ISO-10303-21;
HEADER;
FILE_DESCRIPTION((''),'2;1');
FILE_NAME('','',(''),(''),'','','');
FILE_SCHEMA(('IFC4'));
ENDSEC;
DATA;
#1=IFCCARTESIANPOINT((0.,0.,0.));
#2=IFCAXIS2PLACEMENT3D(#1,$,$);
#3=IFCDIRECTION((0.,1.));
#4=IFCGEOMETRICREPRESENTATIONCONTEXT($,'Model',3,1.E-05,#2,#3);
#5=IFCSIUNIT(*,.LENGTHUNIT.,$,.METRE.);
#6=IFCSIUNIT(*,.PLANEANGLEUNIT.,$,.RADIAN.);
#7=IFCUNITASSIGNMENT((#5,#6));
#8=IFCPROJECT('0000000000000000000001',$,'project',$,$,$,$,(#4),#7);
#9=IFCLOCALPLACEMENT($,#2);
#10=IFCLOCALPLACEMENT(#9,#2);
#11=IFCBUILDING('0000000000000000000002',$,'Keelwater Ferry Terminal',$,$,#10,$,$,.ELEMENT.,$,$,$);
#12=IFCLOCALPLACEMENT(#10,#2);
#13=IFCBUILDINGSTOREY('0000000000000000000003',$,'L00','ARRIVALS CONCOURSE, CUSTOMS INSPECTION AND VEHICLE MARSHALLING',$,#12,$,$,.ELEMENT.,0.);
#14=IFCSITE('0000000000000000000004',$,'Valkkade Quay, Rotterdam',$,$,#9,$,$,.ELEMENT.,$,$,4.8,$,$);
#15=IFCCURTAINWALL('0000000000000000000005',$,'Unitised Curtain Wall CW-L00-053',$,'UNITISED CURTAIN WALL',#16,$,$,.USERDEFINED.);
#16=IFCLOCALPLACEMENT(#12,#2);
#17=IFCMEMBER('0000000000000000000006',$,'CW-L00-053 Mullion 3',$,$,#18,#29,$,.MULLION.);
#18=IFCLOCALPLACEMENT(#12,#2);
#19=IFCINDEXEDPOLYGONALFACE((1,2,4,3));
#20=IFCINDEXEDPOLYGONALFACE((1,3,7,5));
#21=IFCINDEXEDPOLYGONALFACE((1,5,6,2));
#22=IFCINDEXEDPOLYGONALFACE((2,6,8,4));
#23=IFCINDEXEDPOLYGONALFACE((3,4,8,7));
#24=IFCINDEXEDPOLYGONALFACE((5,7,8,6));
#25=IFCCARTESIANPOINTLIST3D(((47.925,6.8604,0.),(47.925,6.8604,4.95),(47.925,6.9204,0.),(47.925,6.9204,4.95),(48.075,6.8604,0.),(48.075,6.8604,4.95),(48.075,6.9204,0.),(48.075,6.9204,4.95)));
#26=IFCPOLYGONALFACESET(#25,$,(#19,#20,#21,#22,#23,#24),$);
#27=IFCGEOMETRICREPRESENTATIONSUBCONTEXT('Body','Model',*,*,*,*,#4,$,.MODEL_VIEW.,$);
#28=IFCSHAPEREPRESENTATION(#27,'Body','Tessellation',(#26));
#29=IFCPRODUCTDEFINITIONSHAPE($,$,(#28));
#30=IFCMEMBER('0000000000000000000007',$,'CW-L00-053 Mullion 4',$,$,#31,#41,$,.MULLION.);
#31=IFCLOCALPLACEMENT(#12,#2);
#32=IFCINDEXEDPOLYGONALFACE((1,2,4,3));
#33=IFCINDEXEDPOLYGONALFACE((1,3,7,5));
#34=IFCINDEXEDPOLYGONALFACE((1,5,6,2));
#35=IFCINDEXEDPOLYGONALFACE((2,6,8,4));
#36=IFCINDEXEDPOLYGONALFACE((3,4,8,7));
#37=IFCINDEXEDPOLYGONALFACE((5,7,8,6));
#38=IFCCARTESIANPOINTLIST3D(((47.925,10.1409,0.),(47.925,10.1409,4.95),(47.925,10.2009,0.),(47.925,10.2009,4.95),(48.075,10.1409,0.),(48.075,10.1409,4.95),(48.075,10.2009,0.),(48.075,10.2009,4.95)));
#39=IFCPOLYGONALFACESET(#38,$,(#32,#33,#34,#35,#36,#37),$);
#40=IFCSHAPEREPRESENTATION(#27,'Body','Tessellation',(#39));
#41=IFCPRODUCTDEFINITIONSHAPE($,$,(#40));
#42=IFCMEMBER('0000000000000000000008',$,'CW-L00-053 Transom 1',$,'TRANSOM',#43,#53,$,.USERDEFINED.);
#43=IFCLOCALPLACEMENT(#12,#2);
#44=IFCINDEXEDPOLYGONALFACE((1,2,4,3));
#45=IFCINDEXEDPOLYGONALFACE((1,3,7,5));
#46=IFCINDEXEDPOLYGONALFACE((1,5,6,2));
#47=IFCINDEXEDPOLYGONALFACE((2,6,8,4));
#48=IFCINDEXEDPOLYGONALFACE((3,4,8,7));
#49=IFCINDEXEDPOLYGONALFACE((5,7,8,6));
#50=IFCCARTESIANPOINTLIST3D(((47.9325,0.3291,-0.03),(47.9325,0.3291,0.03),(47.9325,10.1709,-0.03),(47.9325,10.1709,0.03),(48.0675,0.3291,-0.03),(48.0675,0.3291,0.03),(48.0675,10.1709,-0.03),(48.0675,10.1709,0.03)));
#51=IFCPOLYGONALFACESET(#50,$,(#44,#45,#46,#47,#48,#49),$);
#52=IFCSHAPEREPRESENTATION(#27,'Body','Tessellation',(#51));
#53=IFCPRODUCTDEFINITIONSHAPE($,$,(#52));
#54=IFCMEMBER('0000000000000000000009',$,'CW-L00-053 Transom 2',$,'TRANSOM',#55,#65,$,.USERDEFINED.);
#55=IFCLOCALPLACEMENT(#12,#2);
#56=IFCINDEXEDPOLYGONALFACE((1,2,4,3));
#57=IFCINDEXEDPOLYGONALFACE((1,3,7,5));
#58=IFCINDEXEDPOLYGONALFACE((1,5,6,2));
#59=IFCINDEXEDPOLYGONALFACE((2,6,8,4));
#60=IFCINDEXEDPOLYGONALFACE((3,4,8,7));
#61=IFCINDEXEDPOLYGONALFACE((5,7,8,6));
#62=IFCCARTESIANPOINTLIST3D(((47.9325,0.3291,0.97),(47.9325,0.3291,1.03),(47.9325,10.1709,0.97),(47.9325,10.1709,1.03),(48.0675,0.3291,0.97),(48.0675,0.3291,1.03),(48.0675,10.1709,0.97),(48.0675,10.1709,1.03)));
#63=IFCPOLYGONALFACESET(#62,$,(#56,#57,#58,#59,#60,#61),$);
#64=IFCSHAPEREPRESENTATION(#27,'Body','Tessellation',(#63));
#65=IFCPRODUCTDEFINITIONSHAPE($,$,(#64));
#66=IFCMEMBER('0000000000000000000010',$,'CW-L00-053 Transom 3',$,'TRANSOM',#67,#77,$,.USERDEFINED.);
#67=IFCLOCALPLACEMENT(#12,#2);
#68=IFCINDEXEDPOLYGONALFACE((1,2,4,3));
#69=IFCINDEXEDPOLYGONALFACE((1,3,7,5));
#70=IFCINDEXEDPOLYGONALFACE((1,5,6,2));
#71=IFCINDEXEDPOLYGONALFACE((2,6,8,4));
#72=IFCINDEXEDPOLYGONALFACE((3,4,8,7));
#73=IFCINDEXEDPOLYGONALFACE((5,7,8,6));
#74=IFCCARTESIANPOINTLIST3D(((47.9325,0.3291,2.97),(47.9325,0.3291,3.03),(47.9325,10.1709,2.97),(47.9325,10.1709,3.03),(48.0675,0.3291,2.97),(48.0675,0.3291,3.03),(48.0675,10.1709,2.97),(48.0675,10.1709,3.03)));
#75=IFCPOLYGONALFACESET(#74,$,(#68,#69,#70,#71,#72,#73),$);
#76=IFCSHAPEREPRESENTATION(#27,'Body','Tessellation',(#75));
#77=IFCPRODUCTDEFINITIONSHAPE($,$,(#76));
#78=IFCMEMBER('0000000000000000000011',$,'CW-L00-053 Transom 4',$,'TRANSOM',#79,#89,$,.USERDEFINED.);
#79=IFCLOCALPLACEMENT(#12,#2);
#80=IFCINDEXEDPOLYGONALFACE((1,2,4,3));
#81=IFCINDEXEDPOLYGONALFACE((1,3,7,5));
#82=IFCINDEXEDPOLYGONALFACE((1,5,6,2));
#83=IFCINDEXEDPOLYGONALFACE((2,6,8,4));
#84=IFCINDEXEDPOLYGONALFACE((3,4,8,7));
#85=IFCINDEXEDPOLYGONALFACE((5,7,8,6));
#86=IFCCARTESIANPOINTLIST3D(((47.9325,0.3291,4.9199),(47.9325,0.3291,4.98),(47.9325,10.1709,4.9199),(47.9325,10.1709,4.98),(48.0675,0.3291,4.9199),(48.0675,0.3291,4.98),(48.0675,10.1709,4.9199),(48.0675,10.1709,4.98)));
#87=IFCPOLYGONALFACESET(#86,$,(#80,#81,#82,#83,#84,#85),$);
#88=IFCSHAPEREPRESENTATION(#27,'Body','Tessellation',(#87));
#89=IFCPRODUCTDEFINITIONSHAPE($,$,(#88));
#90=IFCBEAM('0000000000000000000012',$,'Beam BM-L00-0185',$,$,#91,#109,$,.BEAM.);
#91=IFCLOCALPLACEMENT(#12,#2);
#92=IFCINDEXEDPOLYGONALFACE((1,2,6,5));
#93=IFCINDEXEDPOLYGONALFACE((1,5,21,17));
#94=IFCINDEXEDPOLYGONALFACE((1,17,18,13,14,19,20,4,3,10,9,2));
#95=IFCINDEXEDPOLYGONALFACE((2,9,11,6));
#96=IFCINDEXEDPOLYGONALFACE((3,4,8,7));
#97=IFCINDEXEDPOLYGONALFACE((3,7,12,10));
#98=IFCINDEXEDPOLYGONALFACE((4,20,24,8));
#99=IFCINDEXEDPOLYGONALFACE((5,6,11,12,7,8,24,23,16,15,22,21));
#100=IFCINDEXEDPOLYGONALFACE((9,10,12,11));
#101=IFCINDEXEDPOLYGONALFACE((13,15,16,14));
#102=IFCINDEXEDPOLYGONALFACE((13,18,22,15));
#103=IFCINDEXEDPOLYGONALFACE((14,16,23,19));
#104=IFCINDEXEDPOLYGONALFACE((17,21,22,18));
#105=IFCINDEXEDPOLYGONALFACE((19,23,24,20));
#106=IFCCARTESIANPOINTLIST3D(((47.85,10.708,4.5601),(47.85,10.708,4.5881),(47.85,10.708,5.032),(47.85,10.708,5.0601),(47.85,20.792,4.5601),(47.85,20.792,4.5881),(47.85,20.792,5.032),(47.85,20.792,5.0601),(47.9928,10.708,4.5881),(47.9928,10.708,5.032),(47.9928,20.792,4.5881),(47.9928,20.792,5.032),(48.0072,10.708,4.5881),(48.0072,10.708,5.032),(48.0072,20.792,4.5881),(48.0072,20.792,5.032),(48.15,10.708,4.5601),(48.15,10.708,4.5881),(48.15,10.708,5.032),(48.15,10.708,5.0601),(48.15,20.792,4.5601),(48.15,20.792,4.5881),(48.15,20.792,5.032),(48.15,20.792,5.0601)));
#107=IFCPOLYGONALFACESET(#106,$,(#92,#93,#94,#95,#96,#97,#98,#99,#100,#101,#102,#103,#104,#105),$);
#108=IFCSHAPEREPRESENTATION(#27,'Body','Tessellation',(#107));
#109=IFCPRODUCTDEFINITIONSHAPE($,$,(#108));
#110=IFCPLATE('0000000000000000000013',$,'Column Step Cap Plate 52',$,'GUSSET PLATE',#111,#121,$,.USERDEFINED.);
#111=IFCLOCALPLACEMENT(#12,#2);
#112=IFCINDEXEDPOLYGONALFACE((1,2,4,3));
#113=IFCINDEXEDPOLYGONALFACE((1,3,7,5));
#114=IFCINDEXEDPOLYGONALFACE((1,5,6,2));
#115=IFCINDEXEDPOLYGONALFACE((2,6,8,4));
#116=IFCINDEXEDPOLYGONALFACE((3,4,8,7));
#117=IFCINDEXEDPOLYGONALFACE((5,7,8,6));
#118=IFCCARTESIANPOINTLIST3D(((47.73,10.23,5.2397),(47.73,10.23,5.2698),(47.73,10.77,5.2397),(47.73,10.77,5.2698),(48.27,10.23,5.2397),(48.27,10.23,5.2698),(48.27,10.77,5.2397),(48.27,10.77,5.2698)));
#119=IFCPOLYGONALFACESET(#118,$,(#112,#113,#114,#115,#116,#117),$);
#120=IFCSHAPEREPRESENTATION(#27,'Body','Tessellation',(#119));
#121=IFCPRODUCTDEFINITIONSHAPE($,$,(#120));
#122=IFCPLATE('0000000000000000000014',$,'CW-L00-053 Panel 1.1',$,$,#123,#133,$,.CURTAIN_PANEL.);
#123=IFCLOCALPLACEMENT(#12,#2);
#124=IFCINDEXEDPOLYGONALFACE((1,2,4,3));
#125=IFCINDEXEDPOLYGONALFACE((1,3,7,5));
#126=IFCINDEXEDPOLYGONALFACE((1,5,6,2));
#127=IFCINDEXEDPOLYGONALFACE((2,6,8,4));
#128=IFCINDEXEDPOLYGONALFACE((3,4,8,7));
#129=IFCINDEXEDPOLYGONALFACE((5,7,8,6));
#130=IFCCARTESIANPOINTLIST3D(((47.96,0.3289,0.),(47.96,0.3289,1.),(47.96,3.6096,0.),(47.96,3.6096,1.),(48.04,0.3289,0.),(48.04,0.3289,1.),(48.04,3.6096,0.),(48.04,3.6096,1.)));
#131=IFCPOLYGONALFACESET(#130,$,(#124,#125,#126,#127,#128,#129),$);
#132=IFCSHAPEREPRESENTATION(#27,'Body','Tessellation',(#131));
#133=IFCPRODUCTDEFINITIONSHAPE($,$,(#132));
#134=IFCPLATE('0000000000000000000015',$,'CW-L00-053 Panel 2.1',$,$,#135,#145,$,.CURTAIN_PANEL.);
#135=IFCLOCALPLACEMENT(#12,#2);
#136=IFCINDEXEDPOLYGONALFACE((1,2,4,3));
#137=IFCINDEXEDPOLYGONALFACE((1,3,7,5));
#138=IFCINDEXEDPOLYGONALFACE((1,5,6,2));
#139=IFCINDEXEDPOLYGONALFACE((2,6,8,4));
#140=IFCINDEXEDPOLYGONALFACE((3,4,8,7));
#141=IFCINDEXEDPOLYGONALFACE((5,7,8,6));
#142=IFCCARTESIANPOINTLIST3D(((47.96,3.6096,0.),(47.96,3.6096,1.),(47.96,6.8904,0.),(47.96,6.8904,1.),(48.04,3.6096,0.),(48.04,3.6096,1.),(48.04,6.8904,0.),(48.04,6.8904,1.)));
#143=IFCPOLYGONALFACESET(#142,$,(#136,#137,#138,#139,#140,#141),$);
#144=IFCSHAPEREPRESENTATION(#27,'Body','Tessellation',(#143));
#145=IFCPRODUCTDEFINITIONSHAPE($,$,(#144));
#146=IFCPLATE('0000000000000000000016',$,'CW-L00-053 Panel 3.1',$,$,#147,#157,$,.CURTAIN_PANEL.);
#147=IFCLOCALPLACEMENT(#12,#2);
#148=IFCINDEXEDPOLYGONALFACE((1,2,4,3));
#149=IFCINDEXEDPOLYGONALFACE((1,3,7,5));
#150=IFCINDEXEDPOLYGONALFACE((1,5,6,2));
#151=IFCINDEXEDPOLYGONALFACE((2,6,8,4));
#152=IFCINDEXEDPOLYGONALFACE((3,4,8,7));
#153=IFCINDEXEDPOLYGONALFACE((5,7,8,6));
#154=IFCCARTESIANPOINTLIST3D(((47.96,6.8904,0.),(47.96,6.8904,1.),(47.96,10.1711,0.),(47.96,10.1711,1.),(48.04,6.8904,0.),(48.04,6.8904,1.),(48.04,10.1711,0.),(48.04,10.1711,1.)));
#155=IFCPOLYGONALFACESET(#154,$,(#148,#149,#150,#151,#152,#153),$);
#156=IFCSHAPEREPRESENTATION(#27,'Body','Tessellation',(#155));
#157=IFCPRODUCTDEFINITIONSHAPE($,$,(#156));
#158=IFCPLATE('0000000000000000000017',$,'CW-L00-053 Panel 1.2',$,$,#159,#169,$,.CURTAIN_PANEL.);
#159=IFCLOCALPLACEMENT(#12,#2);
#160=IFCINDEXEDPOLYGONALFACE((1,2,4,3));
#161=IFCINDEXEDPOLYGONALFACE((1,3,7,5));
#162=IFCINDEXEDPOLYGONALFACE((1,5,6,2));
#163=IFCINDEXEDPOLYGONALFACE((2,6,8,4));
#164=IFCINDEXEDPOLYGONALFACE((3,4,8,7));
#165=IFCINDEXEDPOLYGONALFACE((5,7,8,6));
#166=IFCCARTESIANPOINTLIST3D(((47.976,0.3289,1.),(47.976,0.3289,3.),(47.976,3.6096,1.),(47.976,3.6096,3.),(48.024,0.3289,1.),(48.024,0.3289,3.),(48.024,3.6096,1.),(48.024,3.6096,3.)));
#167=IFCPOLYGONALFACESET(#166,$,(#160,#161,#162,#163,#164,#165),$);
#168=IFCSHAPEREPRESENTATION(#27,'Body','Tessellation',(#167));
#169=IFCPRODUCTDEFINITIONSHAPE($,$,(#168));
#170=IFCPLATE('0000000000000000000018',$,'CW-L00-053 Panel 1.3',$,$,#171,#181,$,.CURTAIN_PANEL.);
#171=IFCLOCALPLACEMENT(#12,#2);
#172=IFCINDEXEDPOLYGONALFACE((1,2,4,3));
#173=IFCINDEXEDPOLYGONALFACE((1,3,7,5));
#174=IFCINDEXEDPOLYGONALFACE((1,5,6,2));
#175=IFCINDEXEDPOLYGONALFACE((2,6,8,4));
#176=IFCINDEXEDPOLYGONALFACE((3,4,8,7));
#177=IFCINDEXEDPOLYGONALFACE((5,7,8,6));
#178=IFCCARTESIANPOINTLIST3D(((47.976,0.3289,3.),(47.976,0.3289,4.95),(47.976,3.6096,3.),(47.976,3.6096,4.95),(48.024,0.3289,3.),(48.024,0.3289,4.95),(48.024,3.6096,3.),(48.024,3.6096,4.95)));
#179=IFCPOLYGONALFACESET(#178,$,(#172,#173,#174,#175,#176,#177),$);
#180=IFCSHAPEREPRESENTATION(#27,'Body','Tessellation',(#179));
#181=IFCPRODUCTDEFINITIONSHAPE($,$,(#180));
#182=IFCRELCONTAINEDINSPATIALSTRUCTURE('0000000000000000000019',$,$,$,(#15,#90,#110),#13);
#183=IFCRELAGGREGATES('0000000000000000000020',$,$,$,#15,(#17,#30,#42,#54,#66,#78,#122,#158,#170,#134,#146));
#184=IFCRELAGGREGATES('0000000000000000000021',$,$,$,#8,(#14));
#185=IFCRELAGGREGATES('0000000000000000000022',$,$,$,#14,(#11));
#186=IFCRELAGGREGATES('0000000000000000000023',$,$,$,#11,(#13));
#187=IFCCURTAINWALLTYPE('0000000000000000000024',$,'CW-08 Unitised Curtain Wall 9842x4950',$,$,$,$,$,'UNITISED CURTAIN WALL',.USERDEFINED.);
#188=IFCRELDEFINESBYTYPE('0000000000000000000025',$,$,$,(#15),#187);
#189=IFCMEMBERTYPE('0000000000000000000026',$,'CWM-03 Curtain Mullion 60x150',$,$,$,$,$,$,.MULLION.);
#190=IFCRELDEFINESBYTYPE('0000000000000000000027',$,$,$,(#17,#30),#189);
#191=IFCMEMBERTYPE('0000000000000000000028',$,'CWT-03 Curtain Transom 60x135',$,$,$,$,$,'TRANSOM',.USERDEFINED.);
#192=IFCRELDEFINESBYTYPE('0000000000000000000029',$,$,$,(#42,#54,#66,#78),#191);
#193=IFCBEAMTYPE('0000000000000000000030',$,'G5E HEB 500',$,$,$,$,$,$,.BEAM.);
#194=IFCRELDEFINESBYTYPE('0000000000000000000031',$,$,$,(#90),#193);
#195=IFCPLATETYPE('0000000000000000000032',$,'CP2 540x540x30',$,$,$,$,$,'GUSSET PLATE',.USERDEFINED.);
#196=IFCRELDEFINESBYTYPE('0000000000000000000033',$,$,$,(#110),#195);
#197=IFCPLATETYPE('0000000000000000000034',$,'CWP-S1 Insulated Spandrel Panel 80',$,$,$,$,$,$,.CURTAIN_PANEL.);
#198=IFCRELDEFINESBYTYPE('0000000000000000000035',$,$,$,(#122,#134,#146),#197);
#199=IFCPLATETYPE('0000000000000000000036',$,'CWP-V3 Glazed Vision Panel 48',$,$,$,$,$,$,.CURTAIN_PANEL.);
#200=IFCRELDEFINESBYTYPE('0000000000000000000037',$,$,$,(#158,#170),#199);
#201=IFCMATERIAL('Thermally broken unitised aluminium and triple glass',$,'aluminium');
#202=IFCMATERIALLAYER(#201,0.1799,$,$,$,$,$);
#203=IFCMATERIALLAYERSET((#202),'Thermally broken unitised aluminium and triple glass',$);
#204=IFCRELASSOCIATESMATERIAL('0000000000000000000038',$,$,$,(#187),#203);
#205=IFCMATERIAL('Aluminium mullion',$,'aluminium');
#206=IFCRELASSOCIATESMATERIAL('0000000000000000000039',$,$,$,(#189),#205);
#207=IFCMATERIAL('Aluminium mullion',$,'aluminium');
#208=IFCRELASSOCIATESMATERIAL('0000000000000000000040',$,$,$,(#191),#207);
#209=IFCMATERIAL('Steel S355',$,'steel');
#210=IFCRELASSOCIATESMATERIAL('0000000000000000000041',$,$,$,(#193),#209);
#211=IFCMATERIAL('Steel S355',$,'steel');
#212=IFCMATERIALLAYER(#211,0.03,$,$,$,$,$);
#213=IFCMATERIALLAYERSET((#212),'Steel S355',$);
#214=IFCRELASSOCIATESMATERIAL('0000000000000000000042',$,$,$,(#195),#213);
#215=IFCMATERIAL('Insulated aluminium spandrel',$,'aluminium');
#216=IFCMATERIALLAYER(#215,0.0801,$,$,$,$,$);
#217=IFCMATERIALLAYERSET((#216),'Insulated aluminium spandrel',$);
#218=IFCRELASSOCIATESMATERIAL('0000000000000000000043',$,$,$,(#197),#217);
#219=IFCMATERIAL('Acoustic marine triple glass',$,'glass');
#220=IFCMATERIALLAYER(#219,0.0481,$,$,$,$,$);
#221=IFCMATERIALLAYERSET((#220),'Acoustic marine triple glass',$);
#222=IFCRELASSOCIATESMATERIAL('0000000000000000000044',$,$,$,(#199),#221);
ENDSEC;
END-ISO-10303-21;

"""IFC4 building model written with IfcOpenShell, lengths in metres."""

from ifc_helpers import new_model, si_unit, direction, frame, origin, origin_2d, place, context, subcontext, project, spatial, rectangle, i_section, extrude, material, layer, layer_set, material_profile, profile_set, type_object, element, aggregate, save


model = new_model("IFC4")

# Units and contexts
model_context = context("Model", 3, precision=1e-05, world=origin(), true_north=direction((0.0, 1.0)))
body_context = subcontext(model_context, "Body", "Model", "MODEL_VIEW")
ifc_project = project(units=[si_unit("LENGTHUNIT", "METRE"), si_unit("PLANEANGLEUNIT", "RADIAN")], contexts=[model_context])

# Site, building, storey
site_placement = place(None, origin())
site = spatial("IfcSite", under=ifc_project, at=site_placement, Name="Valkkade Quay, Rotterdam", CompositionType="ELEMENT", RefElevation=4.8)
building_placement = place(site_placement, origin())
building = spatial("IfcBuilding", under=site, at=building_placement, Name="Keelwater Ferry Terminal", CompositionType="ELEMENT")
storey_placement = place(building_placement, origin())
storey = spatial("IfcBuildingStorey", under=building, at=storey_placement, Name="L00", Description="ARRIVALS CONCOURSE, CUSTOMS INSPECTION AND VEHICLE MARSHALLING", CompositionType="ELEMENT", Elevation=0.0)

# Curtain wall, members
ifc_material_1 = material(Name="Thermally broken unitised aluminium and triple glass", Category="aluminium")
ifc_layer_1 = layer(ifc_material_1, 0.1799)
ifc_layer_set_1 = layer_set([ifc_layer_1], Name="Thermally broken unitised aluminium and triple glass")
curtain_wall_type = type_object("IfcCurtainWallType", Name="CW-08 Unitised Curtain Wall 9842x4950", ElementType="UNITISED CURTAIN WALL", PredefinedType="USERDEFINED", material=ifc_layer_set_1)
curtain_wall_placement = place(storey_placement, origin())
curtain_wall = element("IfcCurtainWall", 1, at=curtain_wall_placement, inside=storey, type_object=curtain_wall_type, Name="Unitised Curtain Wall CW-L00-053", ObjectType="UNITISED CURTAIN WALL", PredefinedType="USERDEFINED")
ifc_material_2 = material(Name="Aluminium mullion", Category="aluminium")
ifc_material_profile_1 = material_profile(ifc_material_2, rectangle(XDim=0.0601, YDim=0.1499, at=origin_2d()), Name="CWM-03")
ifc_profile_set_1 = profile_set([ifc_material_profile_1], Name="Aluminium mullion")
member_type_1 = type_object("IfcMemberType", Name="CWM-03 Curtain Mullion 60x150", PredefinedType="MULLION", material=ifc_profile_set_1)
member_1_placement = place(storey_placement, frame((48.0, 6.8904, 0.0), z_axis=(0.0, 0.0, 1.0), x_axis=(0.0, 1.0, 0.0)))
member_1 = element("IfcMember", 2, at=member_1_placement, type_object=member_type_1, Name="CW-L00-053 Mullion 3", PredefinedType="MULLION", context=body_context, shape_type="SweptSolid", body=[
    extrude(rectangle(XDim=0.0601, YDim=0.1499, at=origin_2d()), origin(), (0.0, 0.0, 1.0), 4.95),
])
member_2_placement = place(storey_placement, frame((48.0, 10.1709, 0.0), z_axis=(0.0, 0.0, 1.0), x_axis=(0.0, 1.0, 0.0)))
member_2 = element("IfcMember", 3, at=member_2_placement, type_object=member_type_1, Name="CW-L00-053 Mullion 4", PredefinedType="MULLION", context=body_context, shape_type="SweptSolid", body=[
    extrude(rectangle(XDim=0.0601, YDim=0.1499, at=origin_2d()), origin(), (0.0, 0.0, 1.0), 4.95),
])
ifc_material_3 = material(Name="Aluminium mullion", Category="aluminium")
ifc_material_profile_2 = material_profile(ifc_material_3, rectangle(XDim=0.135, YDim=0.0601, at=origin_2d()), Name="CWT-03")
ifc_profile_set_2 = profile_set([ifc_material_profile_2], Name="Aluminium mullion")
member_type_2 = type_object("IfcMemberType", Name="CWT-03 Curtain Transom 60x135", ElementType="TRANSOM", PredefinedType="USERDEFINED", material=ifc_profile_set_2)
member_3_placement = place(storey_placement, frame((48.0, 0.3291, 0.0), z_axis=(0.0, 1.0, 0.0), x_axis=(-1.0, 0.0, 0.0)))
member_3 = element("IfcMember", 4, at=member_3_placement, type_object=member_type_2, Name="CW-L00-053 Transom 1", ObjectType="TRANSOM", PredefinedType="USERDEFINED", context=body_context, shape_type="SweptSolid", body=[
    extrude(rectangle(XDim=0.135, YDim=0.0601, at=origin_2d()), origin(), (0.0, 0.0, 1.0), 9.8418),
])
member_4_placement = place(storey_placement, frame((48.0, 0.3291, 1.0), z_axis=(0.0, 1.0, 0.0), x_axis=(-1.0, 0.0, 0.0)))
member_4 = element("IfcMember", 5, at=member_4_placement, type_object=member_type_2, Name="CW-L00-053 Transom 2", ObjectType="TRANSOM", PredefinedType="USERDEFINED", context=body_context, shape_type="SweptSolid", body=[
    extrude(rectangle(XDim=0.135, YDim=0.0601, at=origin_2d()), origin(), (0.0, 0.0, 1.0), 9.8418),
])
member_5_placement = place(storey_placement, frame((48.0, 0.3291, 3.0), z_axis=(0.0, 1.0, 0.0), x_axis=(-1.0, 0.0, 0.0)))
member_5 = element("IfcMember", 6, at=member_5_placement, type_object=member_type_2, Name="CW-L00-053 Transom 3", ObjectType="TRANSOM", PredefinedType="USERDEFINED", context=body_context, shape_type="SweptSolid", body=[
    extrude(rectangle(XDim=0.135, YDim=0.0601, at=origin_2d()), origin(), (0.0, 0.0, 1.0), 9.8418),
])
member_6_placement = place(storey_placement, frame((48.0, 0.3291, 4.95), z_axis=(0.0, 1.0, 0.0), x_axis=(-1.0, 0.0, 0.0)))
member_6 = element("IfcMember", 7, at=member_6_placement, type_object=member_type_2, Name="CW-L00-053 Transom 4", ObjectType="TRANSOM", PredefinedType="USERDEFINED", context=body_context, shape_type="SweptSolid", body=[
    extrude(rectangle(XDim=0.135, YDim=0.0601, at=origin_2d()), origin(), (0.0, 0.0, 1.0), 9.8418),
])

# Beam
ifc_material_4 = material(Name="Steel S355", Category="steel")
ifc_material_profile_3 = material_profile(ifc_material_4, i_section(OverallWidth=0.3, OverallDepth=0.5, WebThickness=0.0144, FlangeThickness=0.0281, at=origin_2d()), Name="HEB 500")
ifc_profile_set_3 = profile_set([ifc_material_profile_3], Name="Steel S355")
beam_type = type_object("IfcBeamType", Name="G5E HEB 500", PredefinedType="BEAM", material=ifc_profile_set_3)
beam_placement = place(storey_placement, frame((48.0, 10.708, 4.8101), z_axis=(0.0, 1.0, 0.0), x_axis=(-1.0, 0.0, 0.0)))
element("IfcBeam", 8, at=beam_placement, inside=storey, type_object=beam_type, Name="Beam BM-L00-0185", PredefinedType="BEAM", context=body_context, shape_type="SweptSolid", body=[
    extrude(i_section(OverallWidth=0.3, OverallDepth=0.5, WebThickness=0.0144, FlangeThickness=0.0281, at=origin_2d()), origin(), (0.0, 0.0, 1.0), 10.084),
])

# Plates
ifc_material_5 = material(Name="Steel S355", Category="steel")
ifc_layer_2 = layer(ifc_material_5, 0.03)
ifc_layer_set_2 = layer_set([ifc_layer_2], Name="Steel S355")
plate_type_1 = type_object("IfcPlateType", Name="CP2 540x540x30", ElementType="GUSSET PLATE", PredefinedType="USERDEFINED", material=ifc_layer_set_2)
plate_1_placement = place(storey_placement, frame((48.0, 10.5, 5.2397), z_axis=(0.0, 0.0, 1.0), x_axis=(1.0, 0.0, 0.0)))
element("IfcPlate", 9, at=plate_1_placement, inside=storey, type_object=plate_type_1, Name="Column Step Cap Plate 52", ObjectType="GUSSET PLATE", PredefinedType="USERDEFINED", context=body_context, shape_type="SweptSolid", body=[
    extrude(rectangle(XDim=0.54, YDim=0.54, at=origin_2d()), origin(), (0.0, 0.0, 1.0), 0.03),
])
ifc_material_6 = material(Name="Insulated aluminium spandrel", Category="aluminium")
ifc_layer_3 = layer(ifc_material_6, 0.0801)
ifc_layer_set_3 = layer_set([ifc_layer_3], Name="Insulated aluminium spandrel")
plate_type_2 = type_object("IfcPlateType", Name="CWP-S1 Insulated Spandrel Panel 80", PredefinedType="CURTAIN_PANEL", material=ifc_layer_set_3)
plate_2_placement = place(storey_placement, frame((48.0, 1.9692, 0.0), z_axis=(0.0, 0.0, 1.0), x_axis=(0.0, 1.0, 0.0)))
plate_2 = element("IfcPlate", 10, at=plate_2_placement, type_object=plate_type_2, Name="CW-L00-053 Panel 1.1", PredefinedType="CURTAIN_PANEL", context=body_context, shape_type="SweptSolid", body=[
    extrude(rectangle(XDim=3.2808, YDim=0.0801, at=origin_2d()), origin(), (0.0, 0.0, 1.0), 1.0),
])
plate_3_placement = place(storey_placement, frame((48.0, 5.25, 0.0), z_axis=(0.0, 0.0, 1.0), x_axis=(0.0, 1.0, 0.0)))
plate_3 = element("IfcPlate", 11, at=plate_3_placement, type_object=plate_type_2, Name="CW-L00-053 Panel 2.1", PredefinedType="CURTAIN_PANEL", context=body_context, shape_type="SweptSolid", body=[
    extrude(rectangle(XDim=3.2808, YDim=0.0801, at=origin_2d()), origin(), (0.0, 0.0, 1.0), 1.0),
])
plate_4_placement = place(storey_placement, frame((48.0, 8.5308, 0.0), z_axis=(0.0, 0.0, 1.0), x_axis=(0.0, 1.0, 0.0)))
plate_4 = element("IfcPlate", 12, at=plate_4_placement, type_object=plate_type_2, Name="CW-L00-053 Panel 3.1", PredefinedType="CURTAIN_PANEL", context=body_context, shape_type="SweptSolid", body=[
    extrude(rectangle(XDim=3.2808, YDim=0.0801, at=origin_2d()), origin(), (0.0, 0.0, 1.0), 1.0),
])
ifc_material_7 = material(Name="Acoustic marine triple glass", Category="glass")
ifc_layer_4 = layer(ifc_material_7, 0.0481)
ifc_layer_set_4 = layer_set([ifc_layer_4], Name="Acoustic marine triple glass")
plate_type_3 = type_object("IfcPlateType", Name="CWP-V3 Glazed Vision Panel 48", PredefinedType="CURTAIN_PANEL", material=ifc_layer_set_4)
plate_5_placement = place(storey_placement, frame((48.0, 1.9692, 1.0), z_axis=(0.0, 0.0, 1.0), x_axis=(0.0, 1.0, 0.0)))
plate_5 = element("IfcPlate", 13, at=plate_5_placement, type_object=plate_type_3, Name="CW-L00-053 Panel 1.2", PredefinedType="CURTAIN_PANEL", context=body_context, shape_type="SweptSolid", body=[
    extrude(rectangle(XDim=3.2808, YDim=0.0481, at=origin_2d()), origin(), (0.0, 0.0, 1.0), 2.0),
])
plate_6_placement = place(storey_placement, frame((48.0, 1.9692, 3.0), z_axis=(0.0, 0.0, 1.0), x_axis=(0.0, 1.0, 0.0)))
plate_6 = element("IfcPlate", 14, at=plate_6_placement, type_object=plate_type_3, Name="CW-L00-053 Panel 1.3", PredefinedType="CURTAIN_PANEL", context=body_context, shape_type="SweptSolid", body=[
    extrude(rectangle(XDim=3.2808, YDim=0.0481, at=origin_2d()), origin(), (0.0, 0.0, 1.0), 1.95),
])
aggregate(curtain_wall, [member_1, member_2, member_3, member_4, member_5, member_6, plate_2, plate_5, plate_6, plate_3, plate_4])

save(model, "model.ifc")
